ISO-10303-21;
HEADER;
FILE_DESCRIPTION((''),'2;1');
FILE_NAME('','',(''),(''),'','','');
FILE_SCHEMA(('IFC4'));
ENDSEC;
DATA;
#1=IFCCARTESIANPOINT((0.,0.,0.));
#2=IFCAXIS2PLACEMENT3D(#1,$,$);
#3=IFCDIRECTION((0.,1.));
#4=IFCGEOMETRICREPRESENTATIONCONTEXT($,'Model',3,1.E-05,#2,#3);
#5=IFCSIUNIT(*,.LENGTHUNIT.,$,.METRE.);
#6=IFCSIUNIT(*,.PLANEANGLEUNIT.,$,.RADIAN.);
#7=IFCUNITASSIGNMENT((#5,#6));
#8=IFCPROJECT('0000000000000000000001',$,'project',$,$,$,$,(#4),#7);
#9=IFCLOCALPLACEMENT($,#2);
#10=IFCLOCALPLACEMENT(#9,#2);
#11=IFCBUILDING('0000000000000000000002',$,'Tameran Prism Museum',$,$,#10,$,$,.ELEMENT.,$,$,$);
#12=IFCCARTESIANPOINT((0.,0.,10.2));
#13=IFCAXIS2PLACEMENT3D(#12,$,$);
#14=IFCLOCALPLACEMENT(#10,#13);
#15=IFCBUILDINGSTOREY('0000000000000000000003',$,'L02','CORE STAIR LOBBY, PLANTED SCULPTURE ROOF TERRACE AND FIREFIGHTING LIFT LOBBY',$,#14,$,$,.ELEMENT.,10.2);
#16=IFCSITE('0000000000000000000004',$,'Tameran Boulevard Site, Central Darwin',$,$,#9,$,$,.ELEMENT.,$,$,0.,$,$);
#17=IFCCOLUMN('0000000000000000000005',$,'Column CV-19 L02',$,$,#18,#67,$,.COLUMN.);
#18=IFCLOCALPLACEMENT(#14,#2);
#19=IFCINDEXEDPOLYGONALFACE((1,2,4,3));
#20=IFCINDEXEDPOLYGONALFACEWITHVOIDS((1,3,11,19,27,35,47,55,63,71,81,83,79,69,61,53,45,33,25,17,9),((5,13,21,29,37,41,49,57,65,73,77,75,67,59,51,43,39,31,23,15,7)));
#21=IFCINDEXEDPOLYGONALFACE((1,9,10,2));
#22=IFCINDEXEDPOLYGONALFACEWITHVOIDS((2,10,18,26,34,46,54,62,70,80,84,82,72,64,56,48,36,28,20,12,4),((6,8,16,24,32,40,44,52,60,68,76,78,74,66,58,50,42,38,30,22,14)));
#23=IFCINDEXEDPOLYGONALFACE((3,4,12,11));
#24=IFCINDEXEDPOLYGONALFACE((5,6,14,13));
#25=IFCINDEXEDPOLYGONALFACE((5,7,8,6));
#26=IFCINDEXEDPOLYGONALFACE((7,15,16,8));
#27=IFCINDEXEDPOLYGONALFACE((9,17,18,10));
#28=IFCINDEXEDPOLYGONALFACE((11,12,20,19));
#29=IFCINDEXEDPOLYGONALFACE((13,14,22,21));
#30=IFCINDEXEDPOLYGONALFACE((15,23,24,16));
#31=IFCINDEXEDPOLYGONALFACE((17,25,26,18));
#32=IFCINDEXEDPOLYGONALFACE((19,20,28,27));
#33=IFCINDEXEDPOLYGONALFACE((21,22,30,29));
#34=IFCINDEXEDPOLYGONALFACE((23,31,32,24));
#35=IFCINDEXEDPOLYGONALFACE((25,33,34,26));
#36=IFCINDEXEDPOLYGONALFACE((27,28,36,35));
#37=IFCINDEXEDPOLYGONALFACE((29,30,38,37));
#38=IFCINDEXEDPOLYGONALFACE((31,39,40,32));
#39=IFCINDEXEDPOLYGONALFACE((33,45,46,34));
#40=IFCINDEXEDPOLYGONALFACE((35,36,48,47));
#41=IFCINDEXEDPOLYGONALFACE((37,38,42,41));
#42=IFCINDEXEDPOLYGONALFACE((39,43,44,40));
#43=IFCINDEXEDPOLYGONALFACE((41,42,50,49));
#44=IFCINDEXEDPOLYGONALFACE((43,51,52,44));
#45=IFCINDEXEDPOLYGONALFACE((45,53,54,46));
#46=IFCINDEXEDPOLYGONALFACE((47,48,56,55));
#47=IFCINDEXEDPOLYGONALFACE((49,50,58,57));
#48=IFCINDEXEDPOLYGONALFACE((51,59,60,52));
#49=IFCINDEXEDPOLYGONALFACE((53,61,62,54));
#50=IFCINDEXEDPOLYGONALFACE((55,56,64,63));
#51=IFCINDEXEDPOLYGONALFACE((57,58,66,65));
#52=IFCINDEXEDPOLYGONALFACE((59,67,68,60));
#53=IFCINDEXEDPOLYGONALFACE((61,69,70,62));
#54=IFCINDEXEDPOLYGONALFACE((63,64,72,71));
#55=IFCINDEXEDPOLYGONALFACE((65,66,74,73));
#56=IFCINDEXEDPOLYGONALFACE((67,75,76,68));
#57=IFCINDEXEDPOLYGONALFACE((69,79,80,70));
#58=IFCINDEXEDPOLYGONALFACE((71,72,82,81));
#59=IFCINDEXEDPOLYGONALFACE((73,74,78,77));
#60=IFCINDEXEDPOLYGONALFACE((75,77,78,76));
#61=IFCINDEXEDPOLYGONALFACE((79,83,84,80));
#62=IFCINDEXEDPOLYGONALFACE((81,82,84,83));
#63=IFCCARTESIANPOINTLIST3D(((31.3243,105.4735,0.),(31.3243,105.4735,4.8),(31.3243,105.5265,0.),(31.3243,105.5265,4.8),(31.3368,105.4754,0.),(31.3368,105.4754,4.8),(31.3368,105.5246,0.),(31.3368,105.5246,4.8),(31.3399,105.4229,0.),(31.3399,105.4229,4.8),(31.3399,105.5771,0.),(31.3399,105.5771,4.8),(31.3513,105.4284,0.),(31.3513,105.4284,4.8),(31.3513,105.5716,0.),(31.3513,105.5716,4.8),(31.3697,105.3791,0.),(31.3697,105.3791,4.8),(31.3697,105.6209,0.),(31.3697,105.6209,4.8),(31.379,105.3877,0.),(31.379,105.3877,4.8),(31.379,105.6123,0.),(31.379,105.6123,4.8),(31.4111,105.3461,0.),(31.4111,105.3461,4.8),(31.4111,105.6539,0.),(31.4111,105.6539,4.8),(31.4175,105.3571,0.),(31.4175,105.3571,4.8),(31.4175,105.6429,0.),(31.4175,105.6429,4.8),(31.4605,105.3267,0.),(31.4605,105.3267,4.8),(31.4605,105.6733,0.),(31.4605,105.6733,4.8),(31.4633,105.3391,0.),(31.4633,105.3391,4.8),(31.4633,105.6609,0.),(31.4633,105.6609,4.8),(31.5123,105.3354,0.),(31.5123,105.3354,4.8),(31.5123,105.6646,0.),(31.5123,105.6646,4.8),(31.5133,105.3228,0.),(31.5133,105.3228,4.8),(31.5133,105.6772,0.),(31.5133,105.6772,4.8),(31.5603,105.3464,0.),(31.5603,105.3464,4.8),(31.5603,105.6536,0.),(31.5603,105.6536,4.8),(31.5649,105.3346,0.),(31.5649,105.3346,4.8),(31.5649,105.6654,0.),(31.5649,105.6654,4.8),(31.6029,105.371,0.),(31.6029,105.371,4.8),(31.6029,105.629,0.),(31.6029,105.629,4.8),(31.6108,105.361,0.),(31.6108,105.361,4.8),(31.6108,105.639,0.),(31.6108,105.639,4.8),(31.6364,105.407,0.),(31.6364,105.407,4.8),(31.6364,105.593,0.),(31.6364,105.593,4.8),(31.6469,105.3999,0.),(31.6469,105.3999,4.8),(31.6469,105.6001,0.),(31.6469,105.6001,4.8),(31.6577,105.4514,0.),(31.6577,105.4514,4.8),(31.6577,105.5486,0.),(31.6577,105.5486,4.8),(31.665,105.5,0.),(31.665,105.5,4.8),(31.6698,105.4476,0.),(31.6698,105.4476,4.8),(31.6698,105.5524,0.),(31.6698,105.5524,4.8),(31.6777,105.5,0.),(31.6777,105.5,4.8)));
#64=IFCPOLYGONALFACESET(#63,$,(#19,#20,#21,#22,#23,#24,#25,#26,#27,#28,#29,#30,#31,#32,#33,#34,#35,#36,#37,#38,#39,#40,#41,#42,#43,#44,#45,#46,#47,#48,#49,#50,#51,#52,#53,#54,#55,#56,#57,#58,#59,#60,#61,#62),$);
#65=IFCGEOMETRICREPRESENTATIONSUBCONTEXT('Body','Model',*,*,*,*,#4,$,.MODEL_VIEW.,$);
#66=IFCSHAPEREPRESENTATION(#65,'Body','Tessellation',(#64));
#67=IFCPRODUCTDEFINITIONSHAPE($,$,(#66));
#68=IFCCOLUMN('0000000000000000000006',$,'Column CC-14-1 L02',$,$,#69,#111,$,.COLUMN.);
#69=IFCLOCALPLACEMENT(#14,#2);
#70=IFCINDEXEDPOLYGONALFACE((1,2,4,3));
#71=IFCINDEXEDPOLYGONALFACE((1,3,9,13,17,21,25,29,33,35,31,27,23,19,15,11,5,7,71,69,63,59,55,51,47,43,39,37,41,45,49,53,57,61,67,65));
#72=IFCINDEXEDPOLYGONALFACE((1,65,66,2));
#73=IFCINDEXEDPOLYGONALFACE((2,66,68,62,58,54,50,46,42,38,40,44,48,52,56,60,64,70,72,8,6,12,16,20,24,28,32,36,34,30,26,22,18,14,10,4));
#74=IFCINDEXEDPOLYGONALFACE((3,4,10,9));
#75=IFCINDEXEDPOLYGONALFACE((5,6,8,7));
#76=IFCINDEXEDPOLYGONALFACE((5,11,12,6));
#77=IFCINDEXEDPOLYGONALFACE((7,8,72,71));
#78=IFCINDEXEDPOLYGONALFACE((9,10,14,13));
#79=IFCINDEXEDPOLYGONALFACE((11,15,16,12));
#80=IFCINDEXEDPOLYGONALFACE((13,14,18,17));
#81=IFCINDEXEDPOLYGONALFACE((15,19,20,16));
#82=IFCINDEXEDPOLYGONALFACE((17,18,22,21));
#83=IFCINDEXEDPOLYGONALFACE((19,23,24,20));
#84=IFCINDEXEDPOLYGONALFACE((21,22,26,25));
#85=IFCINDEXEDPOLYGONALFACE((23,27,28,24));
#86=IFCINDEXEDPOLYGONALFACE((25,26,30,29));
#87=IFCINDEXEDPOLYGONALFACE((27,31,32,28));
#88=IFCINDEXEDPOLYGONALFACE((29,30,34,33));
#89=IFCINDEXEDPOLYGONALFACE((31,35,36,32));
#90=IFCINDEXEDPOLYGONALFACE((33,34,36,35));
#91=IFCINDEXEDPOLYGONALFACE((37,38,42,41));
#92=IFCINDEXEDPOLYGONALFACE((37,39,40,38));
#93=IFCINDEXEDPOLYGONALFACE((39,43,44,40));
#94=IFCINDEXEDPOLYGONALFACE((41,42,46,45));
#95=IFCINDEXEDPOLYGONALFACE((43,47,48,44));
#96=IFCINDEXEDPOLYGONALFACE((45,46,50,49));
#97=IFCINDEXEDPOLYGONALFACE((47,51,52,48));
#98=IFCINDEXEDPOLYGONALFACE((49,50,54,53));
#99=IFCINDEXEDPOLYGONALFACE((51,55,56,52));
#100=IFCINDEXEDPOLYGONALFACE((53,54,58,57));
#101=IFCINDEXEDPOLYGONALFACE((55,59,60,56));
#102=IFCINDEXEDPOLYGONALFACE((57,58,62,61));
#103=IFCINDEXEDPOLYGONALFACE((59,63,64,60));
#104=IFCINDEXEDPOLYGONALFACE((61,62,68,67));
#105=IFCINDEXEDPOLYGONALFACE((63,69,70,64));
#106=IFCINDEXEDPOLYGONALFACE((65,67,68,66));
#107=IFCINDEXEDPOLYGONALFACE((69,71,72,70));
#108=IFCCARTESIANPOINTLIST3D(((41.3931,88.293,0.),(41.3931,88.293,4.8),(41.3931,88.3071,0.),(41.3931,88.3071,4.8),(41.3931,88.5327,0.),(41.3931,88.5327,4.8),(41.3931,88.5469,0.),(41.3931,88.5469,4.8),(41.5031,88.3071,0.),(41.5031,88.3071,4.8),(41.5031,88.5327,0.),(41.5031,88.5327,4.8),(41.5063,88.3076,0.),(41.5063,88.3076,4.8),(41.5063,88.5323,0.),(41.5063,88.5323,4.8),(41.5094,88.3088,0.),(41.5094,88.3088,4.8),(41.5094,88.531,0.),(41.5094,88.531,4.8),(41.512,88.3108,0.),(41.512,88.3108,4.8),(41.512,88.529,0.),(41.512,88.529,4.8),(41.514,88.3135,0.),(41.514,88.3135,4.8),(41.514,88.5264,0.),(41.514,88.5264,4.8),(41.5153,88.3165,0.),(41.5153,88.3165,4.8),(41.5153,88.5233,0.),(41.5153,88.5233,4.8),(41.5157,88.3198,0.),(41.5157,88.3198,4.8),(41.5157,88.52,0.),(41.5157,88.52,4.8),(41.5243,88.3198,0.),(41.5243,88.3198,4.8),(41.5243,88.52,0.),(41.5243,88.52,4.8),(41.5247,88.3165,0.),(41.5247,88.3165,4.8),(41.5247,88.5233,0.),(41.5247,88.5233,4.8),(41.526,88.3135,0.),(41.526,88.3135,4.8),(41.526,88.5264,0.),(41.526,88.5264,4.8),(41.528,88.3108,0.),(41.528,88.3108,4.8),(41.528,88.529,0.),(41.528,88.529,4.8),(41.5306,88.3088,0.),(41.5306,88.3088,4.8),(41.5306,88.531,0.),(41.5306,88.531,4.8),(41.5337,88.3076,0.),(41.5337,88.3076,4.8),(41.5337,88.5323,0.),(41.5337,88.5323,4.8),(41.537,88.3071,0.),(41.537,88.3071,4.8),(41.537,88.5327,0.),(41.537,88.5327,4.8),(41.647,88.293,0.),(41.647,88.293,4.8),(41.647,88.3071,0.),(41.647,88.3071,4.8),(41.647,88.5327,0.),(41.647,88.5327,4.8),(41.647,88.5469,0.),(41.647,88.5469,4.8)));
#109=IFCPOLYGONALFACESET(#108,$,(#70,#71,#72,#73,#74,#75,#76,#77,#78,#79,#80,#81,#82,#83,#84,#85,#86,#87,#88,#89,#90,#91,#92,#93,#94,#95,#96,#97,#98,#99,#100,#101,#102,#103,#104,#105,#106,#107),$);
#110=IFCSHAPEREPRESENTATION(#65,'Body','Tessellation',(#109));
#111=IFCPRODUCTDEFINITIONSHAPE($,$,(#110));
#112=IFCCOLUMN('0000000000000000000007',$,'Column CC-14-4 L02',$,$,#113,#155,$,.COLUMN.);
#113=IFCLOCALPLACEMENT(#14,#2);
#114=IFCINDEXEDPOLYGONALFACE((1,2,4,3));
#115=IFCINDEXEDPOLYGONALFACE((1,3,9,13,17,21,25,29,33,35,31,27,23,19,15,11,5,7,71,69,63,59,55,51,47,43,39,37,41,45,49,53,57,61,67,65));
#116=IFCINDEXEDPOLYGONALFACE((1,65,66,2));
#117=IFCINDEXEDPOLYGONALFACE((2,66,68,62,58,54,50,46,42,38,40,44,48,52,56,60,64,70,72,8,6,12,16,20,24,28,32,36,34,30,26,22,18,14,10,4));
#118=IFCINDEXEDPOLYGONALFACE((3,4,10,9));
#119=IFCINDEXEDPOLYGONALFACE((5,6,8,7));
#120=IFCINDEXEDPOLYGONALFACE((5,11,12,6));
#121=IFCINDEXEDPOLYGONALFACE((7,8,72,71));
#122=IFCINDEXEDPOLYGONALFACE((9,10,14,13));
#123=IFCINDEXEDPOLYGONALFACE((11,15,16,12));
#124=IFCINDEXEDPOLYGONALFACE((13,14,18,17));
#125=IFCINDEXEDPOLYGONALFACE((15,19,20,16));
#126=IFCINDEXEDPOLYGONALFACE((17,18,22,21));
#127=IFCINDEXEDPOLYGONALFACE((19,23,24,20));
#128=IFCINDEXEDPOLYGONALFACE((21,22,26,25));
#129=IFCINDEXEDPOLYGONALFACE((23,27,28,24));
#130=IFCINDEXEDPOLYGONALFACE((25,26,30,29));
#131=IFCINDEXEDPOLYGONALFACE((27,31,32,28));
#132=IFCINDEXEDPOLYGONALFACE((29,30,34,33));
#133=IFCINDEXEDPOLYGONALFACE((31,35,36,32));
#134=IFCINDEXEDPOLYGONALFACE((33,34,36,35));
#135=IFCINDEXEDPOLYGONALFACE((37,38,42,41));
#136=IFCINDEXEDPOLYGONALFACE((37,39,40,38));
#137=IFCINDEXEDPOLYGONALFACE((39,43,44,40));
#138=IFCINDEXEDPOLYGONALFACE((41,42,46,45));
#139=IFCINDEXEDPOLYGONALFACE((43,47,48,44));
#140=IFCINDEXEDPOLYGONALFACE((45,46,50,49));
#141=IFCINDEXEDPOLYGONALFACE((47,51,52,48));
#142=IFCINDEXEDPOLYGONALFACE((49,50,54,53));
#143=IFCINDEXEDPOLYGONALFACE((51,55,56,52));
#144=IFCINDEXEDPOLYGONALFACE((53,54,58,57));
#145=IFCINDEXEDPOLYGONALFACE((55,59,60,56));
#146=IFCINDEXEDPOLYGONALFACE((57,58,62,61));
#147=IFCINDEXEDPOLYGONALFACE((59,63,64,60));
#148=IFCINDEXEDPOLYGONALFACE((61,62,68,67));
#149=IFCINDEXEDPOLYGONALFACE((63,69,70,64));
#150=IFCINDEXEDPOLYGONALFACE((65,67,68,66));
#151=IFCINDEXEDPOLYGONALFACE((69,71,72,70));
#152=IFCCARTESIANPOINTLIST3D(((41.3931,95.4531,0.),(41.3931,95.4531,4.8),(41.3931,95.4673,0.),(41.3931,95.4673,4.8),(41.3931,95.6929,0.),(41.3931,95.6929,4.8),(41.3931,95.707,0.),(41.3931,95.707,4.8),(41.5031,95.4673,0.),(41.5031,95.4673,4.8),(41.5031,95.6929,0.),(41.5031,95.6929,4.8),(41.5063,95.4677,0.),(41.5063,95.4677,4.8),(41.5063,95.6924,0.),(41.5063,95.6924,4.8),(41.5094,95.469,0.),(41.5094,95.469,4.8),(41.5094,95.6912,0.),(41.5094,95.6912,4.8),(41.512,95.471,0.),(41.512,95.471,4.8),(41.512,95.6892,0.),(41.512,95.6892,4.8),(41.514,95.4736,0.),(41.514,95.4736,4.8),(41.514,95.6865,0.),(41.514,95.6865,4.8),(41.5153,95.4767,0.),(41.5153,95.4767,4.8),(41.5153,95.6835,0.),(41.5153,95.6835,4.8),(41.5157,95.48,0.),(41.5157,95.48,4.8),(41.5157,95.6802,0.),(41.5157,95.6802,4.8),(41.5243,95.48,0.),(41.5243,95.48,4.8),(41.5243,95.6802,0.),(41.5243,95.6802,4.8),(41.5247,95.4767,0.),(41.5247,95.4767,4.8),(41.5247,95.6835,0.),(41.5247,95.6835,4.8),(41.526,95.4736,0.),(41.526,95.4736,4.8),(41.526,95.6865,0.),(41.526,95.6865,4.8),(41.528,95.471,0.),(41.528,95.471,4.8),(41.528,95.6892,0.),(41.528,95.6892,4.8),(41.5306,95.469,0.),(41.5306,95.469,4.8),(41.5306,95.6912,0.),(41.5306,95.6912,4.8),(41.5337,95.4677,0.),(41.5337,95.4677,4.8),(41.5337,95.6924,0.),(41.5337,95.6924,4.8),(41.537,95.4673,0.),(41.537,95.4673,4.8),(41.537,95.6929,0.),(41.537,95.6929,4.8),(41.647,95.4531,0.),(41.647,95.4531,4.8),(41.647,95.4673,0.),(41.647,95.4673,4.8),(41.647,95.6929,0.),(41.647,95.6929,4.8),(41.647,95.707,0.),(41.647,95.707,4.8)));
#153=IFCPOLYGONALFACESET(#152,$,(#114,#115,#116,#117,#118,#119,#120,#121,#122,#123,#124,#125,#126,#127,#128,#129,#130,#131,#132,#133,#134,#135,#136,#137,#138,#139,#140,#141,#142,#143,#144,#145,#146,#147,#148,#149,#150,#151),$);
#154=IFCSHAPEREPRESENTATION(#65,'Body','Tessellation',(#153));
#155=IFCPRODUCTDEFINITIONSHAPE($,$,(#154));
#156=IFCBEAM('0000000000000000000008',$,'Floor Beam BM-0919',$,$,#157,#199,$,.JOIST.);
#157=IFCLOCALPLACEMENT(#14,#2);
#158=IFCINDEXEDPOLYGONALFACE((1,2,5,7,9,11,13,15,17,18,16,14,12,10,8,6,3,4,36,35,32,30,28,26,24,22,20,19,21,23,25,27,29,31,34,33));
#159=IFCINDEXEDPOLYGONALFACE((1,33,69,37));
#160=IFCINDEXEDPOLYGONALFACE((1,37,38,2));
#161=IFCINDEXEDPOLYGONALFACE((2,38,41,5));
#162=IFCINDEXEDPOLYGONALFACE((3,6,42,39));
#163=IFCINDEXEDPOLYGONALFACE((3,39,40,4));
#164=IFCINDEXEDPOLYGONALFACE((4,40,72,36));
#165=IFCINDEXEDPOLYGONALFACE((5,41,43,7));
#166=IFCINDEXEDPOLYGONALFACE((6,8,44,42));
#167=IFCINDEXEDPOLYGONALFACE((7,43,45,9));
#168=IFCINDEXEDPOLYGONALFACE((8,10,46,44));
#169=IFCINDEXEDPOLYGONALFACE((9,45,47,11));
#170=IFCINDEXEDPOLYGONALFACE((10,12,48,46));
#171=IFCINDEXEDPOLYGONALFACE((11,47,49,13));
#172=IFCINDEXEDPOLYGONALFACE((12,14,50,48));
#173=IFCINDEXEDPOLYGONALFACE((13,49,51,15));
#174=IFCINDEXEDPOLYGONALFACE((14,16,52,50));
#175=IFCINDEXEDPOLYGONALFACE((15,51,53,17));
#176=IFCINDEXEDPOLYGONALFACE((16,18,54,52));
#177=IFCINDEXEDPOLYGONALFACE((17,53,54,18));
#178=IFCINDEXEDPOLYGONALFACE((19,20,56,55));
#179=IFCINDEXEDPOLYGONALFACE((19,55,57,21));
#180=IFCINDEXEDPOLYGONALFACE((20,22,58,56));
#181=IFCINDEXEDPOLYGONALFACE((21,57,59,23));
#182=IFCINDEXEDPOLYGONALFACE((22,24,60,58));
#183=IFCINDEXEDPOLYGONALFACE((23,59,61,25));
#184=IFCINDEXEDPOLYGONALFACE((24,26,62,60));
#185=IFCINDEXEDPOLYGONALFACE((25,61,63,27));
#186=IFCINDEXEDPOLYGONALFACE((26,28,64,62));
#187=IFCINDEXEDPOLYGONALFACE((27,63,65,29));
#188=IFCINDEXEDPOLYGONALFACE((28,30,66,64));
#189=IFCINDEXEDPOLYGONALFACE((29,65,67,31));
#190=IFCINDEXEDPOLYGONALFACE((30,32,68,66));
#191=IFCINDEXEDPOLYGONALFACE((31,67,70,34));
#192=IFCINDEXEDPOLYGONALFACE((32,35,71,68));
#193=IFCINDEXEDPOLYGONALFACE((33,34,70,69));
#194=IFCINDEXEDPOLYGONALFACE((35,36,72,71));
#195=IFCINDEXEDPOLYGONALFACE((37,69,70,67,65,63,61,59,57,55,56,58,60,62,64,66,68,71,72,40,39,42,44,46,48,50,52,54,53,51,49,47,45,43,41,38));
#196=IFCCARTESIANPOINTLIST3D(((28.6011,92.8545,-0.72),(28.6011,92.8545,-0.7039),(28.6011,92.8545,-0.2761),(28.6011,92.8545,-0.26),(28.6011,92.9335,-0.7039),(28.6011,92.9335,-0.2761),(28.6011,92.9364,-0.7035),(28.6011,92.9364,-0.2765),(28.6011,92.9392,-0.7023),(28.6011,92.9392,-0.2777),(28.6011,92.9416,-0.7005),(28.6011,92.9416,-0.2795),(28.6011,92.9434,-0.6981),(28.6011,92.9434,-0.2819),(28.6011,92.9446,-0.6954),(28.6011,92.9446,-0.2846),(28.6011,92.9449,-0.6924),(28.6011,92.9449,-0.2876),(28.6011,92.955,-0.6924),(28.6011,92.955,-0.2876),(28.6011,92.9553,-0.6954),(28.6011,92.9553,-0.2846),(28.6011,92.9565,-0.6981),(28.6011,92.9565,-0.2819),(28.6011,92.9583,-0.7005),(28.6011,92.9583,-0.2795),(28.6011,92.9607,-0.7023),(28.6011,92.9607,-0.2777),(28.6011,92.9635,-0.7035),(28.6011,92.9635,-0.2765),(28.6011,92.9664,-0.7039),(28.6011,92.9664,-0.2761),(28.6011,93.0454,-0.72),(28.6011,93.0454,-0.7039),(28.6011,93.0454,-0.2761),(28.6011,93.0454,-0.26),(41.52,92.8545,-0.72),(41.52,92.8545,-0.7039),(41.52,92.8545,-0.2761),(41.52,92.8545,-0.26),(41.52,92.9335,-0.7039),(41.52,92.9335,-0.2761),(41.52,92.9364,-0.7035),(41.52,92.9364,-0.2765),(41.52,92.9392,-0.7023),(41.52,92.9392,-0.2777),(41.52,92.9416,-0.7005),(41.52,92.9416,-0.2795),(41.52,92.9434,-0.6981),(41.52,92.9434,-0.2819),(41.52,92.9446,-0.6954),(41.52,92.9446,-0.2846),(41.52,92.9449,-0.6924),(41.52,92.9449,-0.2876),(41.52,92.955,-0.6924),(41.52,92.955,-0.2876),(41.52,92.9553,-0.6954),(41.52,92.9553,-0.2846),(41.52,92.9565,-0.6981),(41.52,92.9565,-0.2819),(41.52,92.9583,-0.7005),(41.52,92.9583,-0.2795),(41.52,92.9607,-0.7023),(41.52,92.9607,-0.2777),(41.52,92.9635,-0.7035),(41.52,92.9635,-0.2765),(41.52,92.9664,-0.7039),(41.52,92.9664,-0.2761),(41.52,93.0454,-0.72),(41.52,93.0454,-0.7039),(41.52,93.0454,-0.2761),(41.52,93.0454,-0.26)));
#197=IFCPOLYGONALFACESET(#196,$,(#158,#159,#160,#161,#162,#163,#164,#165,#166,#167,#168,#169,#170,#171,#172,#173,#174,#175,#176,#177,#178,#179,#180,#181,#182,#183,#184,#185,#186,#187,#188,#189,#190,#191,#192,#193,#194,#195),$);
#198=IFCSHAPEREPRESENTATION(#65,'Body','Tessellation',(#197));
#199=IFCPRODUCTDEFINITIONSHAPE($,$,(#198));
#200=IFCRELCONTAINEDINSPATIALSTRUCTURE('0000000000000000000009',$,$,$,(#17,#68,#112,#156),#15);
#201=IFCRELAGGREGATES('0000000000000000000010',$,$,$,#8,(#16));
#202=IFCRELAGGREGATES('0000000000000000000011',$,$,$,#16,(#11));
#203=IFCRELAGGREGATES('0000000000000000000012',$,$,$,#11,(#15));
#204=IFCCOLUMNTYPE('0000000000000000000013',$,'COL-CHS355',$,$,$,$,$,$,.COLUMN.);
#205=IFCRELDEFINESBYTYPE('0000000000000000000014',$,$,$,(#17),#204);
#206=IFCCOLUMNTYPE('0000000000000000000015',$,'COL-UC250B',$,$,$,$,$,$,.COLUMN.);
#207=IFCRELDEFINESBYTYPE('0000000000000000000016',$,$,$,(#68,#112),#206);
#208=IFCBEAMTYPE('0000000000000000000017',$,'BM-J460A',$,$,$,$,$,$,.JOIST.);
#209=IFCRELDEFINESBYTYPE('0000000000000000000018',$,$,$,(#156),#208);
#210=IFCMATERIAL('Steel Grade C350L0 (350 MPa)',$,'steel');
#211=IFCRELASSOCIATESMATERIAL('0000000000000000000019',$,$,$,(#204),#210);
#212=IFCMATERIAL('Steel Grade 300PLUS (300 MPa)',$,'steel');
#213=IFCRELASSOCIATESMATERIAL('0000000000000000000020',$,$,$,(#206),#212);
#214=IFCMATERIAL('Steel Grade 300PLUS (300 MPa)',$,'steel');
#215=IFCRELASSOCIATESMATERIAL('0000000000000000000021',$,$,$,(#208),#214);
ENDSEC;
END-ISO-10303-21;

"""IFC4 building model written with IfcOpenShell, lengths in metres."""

from ifc_helpers import new_model, si_unit, direction, frame, origin, origin_2d, place, context, subcontext, project, spatial, hollow_circle, i_section, extrude, material, material_profile, profile_set, type_object, element, save


model = new_model("IFC4")

# Units and contexts
model_context = context("Model", 3, precision=1e-05, world=origin(), true_north=direction((0.0, 1.0)))
body_context = subcontext(model_context, "Body", "Model", "MODEL_VIEW")
ifc_project = project(units=[si_unit("LENGTHUNIT", "METRE"), si_unit("PLANEANGLEUNIT", "RADIAN")], contexts=[model_context])

# Site, building, storey
site_placement = place(None, origin())
site = spatial("IfcSite", under=ifc_project, at=site_placement, Name="Tameran Boulevard Site, Central Darwin", CompositionType="ELEMENT", RefElevation=0.0)
building_placement = place(site_placement, origin())
building = spatial("IfcBuilding", under=site, at=building_placement, Name="Tameran Prism Museum", CompositionType="ELEMENT")
storey_placement = place(building_placement, frame((0.0, 0.0, 10.2)))
storey = spatial("IfcBuildingStorey", under=building, at=storey_placement, Name="L02", Description="CORE STAIR LOBBY, PLANTED SCULPTURE ROOF TERRACE AND FIREFIGHTING LIFT LOBBY", CompositionType="ELEMENT", Elevation=10.2)

# Columns
ifc_material_1 = material(Name="Steel Grade C350L0 (350 MPa)", Category="steel")
ifc_material_profile_1 = material_profile(ifc_material_1, hollow_circle(Radius=0.1777, WallThickness=0.0127, at=origin_2d()))
ifc_profile_set_1 = profile_set([ifc_material_profile_1])
column_type_1 = type_object("IfcColumnType", Name="COL-CHS355", PredefinedType="COLUMN", material=ifc_profile_set_1)
column_placement = place(storey_placement, frame((31.5, 105.5, 0.0), z_axis=(0.0, 0.0, 1.0), x_axis=(1.0, 0.0, 0.0)))
element("IfcColumn", 1, at=column_placement, inside=storey, type_object=column_type_1, Name="Column CV-19 L02", PredefinedType="COLUMN", context=body_context, shape_type="SweptSolid", body=[
    extrude(hollow_circle(Radius=0.1777, WallThickness=0.0127, at=origin_2d()), origin(), (0.0, 0.0, 1.0), 4.8),
])
ifc_material_2 = material(Name="Steel Grade 300PLUS (300 MPa)", Category="steel")
ifc_material_profile_2 = material_profile(ifc_material_2, i_section(OverallWidth=0.2539, OverallDepth=0.2539, WebThickness=0.0085, FlangeThickness=0.0142, FilletRadius=0.0127, at=origin_2d()))
ifc_profile_set_2 = profile_set([ifc_material_profile_2])
column_type_2 = type_object("IfcColumnType", Name="COL-UC250B", PredefinedType="COLUMN", material=ifc_profile_set_2)
for number, where, z_axis, x_axis, name in (
    (2, (41.52, 88.4199, 0.0), (0.0, 0.0, 1.0), (1.0, 0.0, 0.0), "Column CC-14-1 L02"),
    (3, (41.52, 95.5801, 0.0), (0.0, 0.0, 1.0), (1.0, 0.0, 0.0), "Column CC-14-4 L02"),
):
    element("IfcColumn", number, at=place(storey_placement, frame(where, z_axis=z_axis, x_axis=x_axis)), inside=storey, type_object=column_type_2, Name=name, PredefinedType="COLUMN", context=body_context, shape_type="SweptSolid", body=[
        extrude(i_section(OverallWidth=0.2539, OverallDepth=0.2539, WebThickness=0.0085, FlangeThickness=0.0142, FilletRadius=0.0127, at=origin_2d()), origin(), (0.0, 0.0, 1.0), 4.8),
    ])

# Beam
ifc_material_3 = material(Name="Steel Grade 300PLUS (300 MPa)", Category="steel")
ifc_material_profile_3 = material_profile(ifc_material_3, i_section(OverallWidth=0.1909, OverallDepth=0.46, WebThickness=0.01, FlangeThickness=0.0161, FilletRadius=0.0115, at=origin_2d()))
ifc_profile_set_3 = profile_set([ifc_material_profile_3])
beam_type_1 = type_object("IfcBeamType", Name="BM-J460A", PredefinedType="JOIST", material=ifc_profile_set_3)
beam_1_placement = place(storey_placement, frame((28.6011, 92.95, -0.49), z_axis=(1.0, 0.0, 0.0), x_axis=(0.0, 1.0, 0.0)))
element("IfcBeam", 4, at=beam_1_placement, inside=storey, type_object=beam_type_1, Name="Floor Beam BM-0919", PredefinedType="JOIST", context=body_context, shape_type="SweptSolid", body=[
    extrude(i_section(OverallWidth=0.1909, OverallDepth=0.46, WebThickness=0.01, FlangeThickness=0.0161, FilletRadius=0.0115, at=origin_2d()), origin(), (0.0, 0.0, 1.0), 12.9189),
])

save(model, "model.ifc")
